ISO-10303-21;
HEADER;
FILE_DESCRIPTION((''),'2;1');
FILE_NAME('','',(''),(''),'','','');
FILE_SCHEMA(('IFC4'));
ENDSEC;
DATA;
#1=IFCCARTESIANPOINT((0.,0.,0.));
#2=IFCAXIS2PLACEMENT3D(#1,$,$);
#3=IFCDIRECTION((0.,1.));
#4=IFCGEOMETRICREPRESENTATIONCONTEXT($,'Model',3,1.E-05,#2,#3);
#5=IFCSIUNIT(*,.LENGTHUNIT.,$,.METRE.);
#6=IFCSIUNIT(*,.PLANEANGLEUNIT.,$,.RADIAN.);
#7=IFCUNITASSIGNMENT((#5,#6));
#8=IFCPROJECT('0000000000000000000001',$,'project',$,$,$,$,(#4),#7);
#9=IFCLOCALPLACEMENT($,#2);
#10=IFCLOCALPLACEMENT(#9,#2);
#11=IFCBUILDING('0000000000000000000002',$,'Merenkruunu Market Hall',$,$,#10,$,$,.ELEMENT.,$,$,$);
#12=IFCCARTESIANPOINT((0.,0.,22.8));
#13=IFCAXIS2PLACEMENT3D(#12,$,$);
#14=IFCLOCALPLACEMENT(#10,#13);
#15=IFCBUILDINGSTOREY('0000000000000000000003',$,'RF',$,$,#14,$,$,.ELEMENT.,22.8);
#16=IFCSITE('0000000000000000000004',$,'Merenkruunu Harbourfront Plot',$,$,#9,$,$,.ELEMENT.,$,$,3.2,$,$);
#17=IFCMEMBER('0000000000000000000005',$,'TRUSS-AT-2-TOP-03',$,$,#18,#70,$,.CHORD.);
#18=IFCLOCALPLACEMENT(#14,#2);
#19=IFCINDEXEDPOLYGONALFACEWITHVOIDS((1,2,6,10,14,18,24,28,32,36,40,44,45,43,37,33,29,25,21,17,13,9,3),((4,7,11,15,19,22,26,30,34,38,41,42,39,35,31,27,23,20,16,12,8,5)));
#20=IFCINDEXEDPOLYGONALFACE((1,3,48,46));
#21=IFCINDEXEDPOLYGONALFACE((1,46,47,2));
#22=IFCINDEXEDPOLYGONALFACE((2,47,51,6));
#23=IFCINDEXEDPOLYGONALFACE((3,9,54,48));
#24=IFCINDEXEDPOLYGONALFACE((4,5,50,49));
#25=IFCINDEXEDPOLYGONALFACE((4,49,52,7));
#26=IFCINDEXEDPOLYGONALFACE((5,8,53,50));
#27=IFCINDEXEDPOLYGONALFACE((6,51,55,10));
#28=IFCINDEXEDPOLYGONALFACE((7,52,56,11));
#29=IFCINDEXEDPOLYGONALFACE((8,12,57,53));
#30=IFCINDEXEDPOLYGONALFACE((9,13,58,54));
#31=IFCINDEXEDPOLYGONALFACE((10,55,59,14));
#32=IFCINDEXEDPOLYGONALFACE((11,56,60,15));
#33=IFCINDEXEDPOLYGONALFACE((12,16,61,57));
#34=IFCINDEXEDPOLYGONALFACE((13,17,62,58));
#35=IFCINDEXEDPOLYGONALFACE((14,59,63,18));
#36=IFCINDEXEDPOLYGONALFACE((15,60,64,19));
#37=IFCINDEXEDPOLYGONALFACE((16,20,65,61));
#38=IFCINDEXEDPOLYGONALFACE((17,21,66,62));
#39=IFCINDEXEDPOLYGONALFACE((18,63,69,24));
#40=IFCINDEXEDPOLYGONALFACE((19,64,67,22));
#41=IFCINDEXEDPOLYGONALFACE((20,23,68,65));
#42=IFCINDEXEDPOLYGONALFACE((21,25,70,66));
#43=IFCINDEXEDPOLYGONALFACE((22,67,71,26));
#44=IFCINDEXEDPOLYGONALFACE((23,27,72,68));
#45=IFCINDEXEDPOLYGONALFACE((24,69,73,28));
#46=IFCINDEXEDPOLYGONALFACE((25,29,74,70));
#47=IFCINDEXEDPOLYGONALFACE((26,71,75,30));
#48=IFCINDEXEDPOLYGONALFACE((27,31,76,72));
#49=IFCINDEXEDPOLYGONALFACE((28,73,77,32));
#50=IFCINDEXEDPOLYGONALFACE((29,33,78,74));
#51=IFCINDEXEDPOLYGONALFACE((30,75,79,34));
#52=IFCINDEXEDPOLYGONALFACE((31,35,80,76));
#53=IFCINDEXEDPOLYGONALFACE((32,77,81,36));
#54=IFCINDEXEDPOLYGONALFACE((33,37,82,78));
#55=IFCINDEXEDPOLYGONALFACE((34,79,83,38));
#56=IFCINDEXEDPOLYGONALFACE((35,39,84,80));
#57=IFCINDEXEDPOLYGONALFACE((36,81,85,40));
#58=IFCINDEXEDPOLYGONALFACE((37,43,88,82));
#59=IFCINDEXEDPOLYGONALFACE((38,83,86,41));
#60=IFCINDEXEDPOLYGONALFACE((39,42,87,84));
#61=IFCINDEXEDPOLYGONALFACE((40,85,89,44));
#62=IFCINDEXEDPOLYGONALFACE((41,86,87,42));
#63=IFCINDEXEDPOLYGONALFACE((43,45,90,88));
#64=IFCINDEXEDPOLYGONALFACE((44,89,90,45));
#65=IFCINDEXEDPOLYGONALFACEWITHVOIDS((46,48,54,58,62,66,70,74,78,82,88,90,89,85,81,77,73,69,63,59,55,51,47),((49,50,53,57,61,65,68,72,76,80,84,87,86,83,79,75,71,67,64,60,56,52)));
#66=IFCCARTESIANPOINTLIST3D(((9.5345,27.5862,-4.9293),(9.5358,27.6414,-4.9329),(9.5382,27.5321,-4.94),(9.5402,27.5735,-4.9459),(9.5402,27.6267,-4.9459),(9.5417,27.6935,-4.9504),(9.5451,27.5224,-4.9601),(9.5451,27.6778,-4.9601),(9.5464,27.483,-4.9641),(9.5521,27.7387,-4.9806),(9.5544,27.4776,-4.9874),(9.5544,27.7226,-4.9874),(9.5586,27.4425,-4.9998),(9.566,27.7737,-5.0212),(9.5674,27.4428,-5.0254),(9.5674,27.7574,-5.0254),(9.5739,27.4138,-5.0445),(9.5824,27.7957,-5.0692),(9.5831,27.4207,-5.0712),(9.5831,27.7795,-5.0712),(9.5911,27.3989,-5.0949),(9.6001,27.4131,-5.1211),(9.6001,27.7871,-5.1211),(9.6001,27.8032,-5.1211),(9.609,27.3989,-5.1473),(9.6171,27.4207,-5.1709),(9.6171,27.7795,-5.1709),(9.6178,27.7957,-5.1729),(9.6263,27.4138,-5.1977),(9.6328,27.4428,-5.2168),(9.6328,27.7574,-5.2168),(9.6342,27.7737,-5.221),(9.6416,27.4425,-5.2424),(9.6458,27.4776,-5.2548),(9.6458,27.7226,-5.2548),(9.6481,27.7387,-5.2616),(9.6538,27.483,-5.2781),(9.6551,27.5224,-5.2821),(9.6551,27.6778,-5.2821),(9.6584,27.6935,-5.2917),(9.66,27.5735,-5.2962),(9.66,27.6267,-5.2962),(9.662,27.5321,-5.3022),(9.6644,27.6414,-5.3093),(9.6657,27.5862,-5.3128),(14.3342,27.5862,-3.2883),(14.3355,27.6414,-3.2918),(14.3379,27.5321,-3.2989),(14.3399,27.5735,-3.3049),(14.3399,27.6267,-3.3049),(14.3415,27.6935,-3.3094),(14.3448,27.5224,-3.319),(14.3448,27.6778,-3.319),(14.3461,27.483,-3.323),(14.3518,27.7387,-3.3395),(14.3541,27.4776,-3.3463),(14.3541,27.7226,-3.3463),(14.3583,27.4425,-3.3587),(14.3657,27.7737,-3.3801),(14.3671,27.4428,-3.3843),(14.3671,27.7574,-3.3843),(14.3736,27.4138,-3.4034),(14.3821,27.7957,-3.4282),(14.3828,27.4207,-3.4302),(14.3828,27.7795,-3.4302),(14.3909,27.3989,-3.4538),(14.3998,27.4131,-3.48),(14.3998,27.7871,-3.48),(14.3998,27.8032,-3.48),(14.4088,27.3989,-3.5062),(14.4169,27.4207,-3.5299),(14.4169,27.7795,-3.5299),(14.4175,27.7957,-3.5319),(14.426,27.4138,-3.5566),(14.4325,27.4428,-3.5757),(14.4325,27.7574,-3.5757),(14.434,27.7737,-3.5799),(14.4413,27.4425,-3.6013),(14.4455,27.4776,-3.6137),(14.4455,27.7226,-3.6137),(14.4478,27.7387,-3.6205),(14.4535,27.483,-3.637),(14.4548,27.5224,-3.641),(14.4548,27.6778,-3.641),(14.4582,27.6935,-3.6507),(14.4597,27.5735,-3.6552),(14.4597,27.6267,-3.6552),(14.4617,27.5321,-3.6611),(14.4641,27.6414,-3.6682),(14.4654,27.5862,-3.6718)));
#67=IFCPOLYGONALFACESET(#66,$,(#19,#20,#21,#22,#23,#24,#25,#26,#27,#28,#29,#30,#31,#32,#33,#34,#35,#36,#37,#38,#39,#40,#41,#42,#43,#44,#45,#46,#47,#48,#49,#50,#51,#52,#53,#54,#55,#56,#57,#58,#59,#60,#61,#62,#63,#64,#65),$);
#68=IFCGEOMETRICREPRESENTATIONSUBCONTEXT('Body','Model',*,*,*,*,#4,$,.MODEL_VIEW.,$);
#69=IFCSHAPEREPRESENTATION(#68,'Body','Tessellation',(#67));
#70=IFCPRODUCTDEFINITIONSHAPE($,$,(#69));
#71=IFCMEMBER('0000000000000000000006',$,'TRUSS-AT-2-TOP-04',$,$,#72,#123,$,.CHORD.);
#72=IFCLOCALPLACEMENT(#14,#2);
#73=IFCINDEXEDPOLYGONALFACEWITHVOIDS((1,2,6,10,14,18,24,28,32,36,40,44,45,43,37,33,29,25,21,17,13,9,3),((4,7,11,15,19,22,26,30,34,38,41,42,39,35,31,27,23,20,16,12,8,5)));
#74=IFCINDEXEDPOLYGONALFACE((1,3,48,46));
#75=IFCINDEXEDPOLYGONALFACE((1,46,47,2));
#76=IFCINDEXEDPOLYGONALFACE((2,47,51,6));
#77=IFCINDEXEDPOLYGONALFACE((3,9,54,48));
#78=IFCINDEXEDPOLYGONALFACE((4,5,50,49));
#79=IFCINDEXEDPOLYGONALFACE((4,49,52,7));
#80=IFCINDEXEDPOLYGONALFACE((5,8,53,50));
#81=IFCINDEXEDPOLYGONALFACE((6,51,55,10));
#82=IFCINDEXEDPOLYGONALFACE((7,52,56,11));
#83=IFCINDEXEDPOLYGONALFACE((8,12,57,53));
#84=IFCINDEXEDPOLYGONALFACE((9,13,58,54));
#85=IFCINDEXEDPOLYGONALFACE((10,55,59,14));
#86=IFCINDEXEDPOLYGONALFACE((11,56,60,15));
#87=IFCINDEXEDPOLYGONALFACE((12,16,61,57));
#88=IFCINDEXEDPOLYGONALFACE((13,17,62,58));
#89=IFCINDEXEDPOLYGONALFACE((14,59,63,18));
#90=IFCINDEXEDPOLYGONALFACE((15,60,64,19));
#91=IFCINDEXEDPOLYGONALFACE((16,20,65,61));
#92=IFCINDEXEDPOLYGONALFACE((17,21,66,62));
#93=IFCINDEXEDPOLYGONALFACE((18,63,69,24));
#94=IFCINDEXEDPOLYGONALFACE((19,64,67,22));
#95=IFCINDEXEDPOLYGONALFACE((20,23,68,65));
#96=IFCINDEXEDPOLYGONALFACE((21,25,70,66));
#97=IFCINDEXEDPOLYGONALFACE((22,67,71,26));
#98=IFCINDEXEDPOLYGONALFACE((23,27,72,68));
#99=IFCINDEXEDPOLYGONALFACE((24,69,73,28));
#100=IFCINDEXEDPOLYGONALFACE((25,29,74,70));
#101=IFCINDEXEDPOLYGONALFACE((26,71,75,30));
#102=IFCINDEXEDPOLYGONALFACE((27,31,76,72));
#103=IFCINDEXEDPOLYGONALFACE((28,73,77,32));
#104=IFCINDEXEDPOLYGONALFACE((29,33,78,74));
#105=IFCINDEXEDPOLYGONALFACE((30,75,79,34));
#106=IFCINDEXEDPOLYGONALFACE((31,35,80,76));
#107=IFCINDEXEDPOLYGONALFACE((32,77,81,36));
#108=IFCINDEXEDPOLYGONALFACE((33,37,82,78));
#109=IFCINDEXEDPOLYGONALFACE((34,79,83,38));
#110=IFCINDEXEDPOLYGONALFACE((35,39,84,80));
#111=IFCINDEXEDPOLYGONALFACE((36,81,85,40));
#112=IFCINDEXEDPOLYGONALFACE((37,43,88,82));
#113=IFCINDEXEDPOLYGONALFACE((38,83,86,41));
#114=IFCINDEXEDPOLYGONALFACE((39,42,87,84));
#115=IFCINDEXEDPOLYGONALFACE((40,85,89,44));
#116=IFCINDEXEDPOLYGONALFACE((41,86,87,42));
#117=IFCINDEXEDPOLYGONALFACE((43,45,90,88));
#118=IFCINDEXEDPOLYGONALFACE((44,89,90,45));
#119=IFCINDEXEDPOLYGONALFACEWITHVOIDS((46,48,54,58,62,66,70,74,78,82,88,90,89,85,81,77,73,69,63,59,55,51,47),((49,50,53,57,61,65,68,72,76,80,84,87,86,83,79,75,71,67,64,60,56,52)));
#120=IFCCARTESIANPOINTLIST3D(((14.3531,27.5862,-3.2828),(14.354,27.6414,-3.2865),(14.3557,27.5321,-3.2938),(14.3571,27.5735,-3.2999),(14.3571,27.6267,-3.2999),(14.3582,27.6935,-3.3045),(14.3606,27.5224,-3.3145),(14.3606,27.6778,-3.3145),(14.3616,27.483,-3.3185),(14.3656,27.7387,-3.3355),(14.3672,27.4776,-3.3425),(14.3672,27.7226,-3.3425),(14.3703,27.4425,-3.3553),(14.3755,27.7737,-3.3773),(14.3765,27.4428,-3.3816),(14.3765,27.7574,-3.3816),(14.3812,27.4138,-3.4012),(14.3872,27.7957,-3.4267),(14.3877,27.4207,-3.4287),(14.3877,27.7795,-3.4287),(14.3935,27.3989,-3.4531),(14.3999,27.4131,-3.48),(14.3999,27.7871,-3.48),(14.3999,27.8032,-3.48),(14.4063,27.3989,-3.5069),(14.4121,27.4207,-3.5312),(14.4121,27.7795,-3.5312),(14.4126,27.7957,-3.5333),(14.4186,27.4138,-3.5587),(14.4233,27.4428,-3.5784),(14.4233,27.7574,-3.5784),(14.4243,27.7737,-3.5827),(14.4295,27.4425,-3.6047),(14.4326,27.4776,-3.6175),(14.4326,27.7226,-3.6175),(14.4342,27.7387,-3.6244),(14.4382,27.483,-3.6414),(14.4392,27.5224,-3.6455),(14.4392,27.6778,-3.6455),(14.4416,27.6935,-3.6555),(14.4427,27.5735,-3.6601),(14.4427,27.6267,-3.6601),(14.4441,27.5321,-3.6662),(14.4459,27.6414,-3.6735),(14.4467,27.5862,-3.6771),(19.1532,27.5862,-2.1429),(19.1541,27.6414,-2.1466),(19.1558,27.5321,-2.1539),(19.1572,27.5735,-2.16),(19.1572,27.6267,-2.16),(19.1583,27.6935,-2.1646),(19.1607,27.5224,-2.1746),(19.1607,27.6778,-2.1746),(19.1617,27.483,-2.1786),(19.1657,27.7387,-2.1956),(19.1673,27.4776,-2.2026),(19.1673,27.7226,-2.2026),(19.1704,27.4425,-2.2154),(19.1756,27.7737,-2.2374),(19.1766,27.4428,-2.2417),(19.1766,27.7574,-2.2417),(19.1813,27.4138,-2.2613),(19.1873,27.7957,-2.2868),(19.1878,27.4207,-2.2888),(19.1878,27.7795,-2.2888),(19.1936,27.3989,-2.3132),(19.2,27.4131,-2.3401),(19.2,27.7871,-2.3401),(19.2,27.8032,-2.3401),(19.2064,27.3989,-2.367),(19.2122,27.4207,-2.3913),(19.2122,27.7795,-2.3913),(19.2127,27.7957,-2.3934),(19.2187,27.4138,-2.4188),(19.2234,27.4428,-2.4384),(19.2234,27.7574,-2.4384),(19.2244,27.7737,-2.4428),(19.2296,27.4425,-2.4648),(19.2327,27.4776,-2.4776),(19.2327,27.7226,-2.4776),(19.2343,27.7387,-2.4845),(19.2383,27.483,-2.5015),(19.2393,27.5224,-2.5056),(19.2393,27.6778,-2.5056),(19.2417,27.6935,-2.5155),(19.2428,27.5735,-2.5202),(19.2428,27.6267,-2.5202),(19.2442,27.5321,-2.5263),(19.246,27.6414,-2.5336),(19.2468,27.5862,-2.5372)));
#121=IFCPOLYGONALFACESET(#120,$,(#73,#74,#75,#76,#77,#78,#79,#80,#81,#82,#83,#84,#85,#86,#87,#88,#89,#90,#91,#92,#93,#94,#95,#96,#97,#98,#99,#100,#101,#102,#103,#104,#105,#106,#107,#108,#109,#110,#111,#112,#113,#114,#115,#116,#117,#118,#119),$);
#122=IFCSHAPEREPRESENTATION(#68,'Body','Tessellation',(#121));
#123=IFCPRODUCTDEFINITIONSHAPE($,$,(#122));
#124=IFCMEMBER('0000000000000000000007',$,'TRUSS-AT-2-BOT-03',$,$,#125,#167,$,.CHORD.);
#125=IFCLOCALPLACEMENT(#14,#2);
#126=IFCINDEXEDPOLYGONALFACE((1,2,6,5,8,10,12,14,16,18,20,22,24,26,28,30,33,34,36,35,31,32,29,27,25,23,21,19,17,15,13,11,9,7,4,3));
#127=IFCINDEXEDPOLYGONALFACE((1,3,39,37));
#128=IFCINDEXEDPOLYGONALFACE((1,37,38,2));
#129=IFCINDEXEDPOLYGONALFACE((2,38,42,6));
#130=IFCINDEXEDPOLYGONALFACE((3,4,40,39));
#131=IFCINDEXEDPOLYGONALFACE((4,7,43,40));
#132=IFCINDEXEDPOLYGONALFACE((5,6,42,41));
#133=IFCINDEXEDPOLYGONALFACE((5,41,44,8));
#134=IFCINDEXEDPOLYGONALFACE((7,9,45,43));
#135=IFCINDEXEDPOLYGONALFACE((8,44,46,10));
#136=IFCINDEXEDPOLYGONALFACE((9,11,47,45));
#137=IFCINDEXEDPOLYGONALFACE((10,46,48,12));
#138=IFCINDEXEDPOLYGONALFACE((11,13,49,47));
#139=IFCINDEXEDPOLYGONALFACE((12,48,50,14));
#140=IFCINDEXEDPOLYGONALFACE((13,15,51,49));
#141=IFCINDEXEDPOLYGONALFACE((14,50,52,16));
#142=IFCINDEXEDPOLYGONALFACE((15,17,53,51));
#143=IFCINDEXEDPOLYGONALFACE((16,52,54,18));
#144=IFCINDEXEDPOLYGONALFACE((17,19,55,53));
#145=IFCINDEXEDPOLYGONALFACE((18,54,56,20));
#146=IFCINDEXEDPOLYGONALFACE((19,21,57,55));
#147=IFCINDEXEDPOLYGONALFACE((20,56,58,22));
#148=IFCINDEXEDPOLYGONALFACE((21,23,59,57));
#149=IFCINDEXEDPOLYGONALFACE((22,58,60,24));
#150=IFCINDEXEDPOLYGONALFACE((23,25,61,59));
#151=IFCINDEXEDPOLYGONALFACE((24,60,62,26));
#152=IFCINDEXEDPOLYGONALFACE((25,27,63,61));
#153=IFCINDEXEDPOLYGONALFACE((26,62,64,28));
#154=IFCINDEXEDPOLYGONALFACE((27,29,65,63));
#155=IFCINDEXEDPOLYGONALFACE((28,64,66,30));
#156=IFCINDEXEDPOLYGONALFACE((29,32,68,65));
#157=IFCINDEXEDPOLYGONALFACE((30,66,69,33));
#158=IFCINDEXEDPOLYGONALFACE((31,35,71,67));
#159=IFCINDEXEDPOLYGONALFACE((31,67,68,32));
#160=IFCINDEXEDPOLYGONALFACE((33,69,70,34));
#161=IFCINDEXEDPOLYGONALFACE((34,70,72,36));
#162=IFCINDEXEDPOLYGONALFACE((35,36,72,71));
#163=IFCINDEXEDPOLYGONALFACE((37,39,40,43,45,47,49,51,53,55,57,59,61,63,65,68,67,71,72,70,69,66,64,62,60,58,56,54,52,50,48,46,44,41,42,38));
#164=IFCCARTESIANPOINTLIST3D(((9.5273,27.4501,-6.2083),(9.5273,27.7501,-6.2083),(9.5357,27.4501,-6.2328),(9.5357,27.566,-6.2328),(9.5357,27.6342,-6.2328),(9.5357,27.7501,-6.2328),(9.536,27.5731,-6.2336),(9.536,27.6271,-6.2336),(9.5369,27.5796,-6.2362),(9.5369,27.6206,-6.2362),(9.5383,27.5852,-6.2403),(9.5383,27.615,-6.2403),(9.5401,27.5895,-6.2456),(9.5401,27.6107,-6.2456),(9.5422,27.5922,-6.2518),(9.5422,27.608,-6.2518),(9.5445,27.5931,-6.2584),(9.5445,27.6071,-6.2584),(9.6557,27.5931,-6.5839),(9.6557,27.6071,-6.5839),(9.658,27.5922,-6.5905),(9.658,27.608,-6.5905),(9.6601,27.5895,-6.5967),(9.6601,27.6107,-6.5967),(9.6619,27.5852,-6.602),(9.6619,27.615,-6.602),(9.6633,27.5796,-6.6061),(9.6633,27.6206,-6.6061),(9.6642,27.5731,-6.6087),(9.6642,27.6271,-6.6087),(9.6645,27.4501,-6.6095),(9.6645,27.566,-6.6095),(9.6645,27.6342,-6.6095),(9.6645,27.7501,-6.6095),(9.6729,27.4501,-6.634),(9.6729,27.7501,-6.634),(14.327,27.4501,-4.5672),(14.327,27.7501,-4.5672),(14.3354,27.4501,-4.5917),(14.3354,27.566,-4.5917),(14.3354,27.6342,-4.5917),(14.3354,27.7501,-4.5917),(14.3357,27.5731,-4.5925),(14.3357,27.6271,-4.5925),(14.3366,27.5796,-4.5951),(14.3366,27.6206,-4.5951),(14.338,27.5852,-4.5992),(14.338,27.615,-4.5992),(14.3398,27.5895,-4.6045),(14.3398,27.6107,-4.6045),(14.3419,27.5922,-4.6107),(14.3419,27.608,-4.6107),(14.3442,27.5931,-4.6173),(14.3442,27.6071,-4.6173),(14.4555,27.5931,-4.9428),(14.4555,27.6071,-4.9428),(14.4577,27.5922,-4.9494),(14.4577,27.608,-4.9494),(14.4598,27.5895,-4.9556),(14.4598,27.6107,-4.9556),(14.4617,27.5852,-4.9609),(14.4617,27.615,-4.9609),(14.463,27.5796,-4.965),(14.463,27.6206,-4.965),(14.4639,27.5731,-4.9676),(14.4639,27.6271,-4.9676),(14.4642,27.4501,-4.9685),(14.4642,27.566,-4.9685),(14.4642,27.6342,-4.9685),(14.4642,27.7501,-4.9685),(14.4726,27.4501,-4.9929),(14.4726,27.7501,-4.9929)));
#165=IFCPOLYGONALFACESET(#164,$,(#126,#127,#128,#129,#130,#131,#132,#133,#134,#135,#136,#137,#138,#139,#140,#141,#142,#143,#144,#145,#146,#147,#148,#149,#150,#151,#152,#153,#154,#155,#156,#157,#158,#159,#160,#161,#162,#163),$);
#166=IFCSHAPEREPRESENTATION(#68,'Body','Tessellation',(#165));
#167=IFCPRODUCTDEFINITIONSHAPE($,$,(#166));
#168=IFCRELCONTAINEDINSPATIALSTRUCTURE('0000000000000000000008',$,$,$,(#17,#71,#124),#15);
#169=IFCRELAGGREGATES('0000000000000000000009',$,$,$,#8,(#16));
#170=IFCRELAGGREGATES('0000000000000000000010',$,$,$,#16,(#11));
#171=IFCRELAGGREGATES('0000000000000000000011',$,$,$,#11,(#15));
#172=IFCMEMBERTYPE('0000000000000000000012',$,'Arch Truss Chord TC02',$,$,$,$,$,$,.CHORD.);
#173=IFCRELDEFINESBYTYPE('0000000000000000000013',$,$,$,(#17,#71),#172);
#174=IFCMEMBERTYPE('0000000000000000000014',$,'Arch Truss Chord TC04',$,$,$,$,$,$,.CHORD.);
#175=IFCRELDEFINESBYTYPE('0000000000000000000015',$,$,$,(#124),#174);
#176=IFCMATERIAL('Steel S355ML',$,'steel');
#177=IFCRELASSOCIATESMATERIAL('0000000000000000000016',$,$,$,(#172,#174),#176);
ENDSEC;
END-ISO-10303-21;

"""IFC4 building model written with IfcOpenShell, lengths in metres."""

from ifc_helpers import new_model, si_unit, direction, frame, origin, origin_2d, place, context, subcontext, project, spatial, hollow_circle, i_section, extrude, material, material_profile, profile_set, type_object, element, save


model = new_model("IFC4")

# Units and contexts
model_context = context("Model", 3, precision=1e-05, world=origin(), true_north=direction((0.0, 1.0)))
body_context = subcontext(model_context, "Body", "Model", "MODEL_VIEW")
ifc_project = project(units=[si_unit("LENGTHUNIT", "METRE"), si_unit("PLANEANGLEUNIT", "RADIAN")], contexts=[model_context])

# Site, building, storey
site_placement = place(None, origin())
site = spatial("IfcSite", under=ifc_project, at=site_placement, Name="Merenkruunu Harbourfront Plot", CompositionType="ELEMENT", RefElevation=3.2)
building_placement = place(site_placement, origin())
building = spatial("IfcBuilding", under=site, at=building_placement, Name="Merenkruunu Market Hall", CompositionType="ELEMENT")
storey_placement = place(building_placement, frame((0.0, 0.0, 22.8)))
storey = spatial("IfcBuildingStorey", under=building, at=storey_placement, Name="RF", CompositionType="ELEMENT", Elevation=22.8)

# Members
ifc_material_1 = material(Name="Steel S355ML", Category="steel")
ifc_material_profile_1 = material_profile(ifc_material_1, hollow_circle(Radius=0.2031, WallThickness=0.0161, at=origin_2d()), Name="CHS 406.4x16")
ifc_profile_set_1 = profile_set([ifc_material_profile_1], Name="Steel S355ML")
member_type_1 = type_object("IfcMemberType", Name="Arch Truss Chord TC02", PredefinedType="CHORD", material=ifc_profile_set_1)
member_1_placement = place(storey_placement, frame((9.6001, 27.6001, -5.1211), z_axis=(0.94622, 0.0, 0.323524), x_axis=(0.0, 1.0, 0.0)))
element("IfcMember", 1, at=member_1_placement, inside=storey, type_object=member_type_1, Name="TRUSS-AT-2-TOP-03", PredefinedType="CHORD", context=body_context, shape_type="SweptSolid", body=[
    extrude(hollow_circle(Radius=0.2031, WallThickness=0.0161, at=origin_2d()), origin(), (0.0, 0.0, 1.0), 5.0725),
])
member_2_placement = place(storey_placement, frame((14.3999, 27.6001, -3.48), z_axis=(0.972942, 0.0, 0.23105), x_axis=(0.0, 1.0, 0.0)))
element("IfcMember", 2, at=member_2_placement, inside=storey, type_object=member_type_1, Name="TRUSS-AT-2-TOP-04", PredefinedType="CHORD", context=body_context, shape_type="SweptSolid", body=[
    extrude(hollow_circle(Radius=0.2031, WallThickness=0.0161, at=origin_2d()), origin(), (0.0, 0.0, 1.0), 4.9336),
])
ifc_material_profile_2 = material_profile(ifc_material_1, i_section(OverallWidth=0.3, OverallDepth=0.45, WebThickness=0.0139, FlangeThickness=0.0259, FilletRadius=0.0271, at=origin_2d()), Name="HEB 450")
ifc_profile_set_2 = profile_set([ifc_material_profile_2], Name="Steel S355ML")
member_type_2 = type_object("IfcMemberType", Name="Arch Truss Chord TC04", PredefinedType="CHORD", material=ifc_profile_set_2)
member_3_placement = place(storey_placement, frame((9.6001, 27.6001, -6.4211), z_axis=(0.94622, 0.0, 0.323524), x_axis=(0.0, 1.0, 0.0)))
element("IfcMember", 3, at=member_3_placement, inside=storey, type_object=member_type_2, Name="TRUSS-AT-2-BOT-03", PredefinedType="CHORD", context=body_context, shape_type="SweptSolid", body=[
    extrude(i_section(OverallWidth=0.3, OverallDepth=0.45, WebThickness=0.0139, FlangeThickness=0.0259, FilletRadius=0.0271, at=origin_2d()), origin(), (0.0, 0.0, 1.0), 5.0725),
])

save(model, "model.ifc")
